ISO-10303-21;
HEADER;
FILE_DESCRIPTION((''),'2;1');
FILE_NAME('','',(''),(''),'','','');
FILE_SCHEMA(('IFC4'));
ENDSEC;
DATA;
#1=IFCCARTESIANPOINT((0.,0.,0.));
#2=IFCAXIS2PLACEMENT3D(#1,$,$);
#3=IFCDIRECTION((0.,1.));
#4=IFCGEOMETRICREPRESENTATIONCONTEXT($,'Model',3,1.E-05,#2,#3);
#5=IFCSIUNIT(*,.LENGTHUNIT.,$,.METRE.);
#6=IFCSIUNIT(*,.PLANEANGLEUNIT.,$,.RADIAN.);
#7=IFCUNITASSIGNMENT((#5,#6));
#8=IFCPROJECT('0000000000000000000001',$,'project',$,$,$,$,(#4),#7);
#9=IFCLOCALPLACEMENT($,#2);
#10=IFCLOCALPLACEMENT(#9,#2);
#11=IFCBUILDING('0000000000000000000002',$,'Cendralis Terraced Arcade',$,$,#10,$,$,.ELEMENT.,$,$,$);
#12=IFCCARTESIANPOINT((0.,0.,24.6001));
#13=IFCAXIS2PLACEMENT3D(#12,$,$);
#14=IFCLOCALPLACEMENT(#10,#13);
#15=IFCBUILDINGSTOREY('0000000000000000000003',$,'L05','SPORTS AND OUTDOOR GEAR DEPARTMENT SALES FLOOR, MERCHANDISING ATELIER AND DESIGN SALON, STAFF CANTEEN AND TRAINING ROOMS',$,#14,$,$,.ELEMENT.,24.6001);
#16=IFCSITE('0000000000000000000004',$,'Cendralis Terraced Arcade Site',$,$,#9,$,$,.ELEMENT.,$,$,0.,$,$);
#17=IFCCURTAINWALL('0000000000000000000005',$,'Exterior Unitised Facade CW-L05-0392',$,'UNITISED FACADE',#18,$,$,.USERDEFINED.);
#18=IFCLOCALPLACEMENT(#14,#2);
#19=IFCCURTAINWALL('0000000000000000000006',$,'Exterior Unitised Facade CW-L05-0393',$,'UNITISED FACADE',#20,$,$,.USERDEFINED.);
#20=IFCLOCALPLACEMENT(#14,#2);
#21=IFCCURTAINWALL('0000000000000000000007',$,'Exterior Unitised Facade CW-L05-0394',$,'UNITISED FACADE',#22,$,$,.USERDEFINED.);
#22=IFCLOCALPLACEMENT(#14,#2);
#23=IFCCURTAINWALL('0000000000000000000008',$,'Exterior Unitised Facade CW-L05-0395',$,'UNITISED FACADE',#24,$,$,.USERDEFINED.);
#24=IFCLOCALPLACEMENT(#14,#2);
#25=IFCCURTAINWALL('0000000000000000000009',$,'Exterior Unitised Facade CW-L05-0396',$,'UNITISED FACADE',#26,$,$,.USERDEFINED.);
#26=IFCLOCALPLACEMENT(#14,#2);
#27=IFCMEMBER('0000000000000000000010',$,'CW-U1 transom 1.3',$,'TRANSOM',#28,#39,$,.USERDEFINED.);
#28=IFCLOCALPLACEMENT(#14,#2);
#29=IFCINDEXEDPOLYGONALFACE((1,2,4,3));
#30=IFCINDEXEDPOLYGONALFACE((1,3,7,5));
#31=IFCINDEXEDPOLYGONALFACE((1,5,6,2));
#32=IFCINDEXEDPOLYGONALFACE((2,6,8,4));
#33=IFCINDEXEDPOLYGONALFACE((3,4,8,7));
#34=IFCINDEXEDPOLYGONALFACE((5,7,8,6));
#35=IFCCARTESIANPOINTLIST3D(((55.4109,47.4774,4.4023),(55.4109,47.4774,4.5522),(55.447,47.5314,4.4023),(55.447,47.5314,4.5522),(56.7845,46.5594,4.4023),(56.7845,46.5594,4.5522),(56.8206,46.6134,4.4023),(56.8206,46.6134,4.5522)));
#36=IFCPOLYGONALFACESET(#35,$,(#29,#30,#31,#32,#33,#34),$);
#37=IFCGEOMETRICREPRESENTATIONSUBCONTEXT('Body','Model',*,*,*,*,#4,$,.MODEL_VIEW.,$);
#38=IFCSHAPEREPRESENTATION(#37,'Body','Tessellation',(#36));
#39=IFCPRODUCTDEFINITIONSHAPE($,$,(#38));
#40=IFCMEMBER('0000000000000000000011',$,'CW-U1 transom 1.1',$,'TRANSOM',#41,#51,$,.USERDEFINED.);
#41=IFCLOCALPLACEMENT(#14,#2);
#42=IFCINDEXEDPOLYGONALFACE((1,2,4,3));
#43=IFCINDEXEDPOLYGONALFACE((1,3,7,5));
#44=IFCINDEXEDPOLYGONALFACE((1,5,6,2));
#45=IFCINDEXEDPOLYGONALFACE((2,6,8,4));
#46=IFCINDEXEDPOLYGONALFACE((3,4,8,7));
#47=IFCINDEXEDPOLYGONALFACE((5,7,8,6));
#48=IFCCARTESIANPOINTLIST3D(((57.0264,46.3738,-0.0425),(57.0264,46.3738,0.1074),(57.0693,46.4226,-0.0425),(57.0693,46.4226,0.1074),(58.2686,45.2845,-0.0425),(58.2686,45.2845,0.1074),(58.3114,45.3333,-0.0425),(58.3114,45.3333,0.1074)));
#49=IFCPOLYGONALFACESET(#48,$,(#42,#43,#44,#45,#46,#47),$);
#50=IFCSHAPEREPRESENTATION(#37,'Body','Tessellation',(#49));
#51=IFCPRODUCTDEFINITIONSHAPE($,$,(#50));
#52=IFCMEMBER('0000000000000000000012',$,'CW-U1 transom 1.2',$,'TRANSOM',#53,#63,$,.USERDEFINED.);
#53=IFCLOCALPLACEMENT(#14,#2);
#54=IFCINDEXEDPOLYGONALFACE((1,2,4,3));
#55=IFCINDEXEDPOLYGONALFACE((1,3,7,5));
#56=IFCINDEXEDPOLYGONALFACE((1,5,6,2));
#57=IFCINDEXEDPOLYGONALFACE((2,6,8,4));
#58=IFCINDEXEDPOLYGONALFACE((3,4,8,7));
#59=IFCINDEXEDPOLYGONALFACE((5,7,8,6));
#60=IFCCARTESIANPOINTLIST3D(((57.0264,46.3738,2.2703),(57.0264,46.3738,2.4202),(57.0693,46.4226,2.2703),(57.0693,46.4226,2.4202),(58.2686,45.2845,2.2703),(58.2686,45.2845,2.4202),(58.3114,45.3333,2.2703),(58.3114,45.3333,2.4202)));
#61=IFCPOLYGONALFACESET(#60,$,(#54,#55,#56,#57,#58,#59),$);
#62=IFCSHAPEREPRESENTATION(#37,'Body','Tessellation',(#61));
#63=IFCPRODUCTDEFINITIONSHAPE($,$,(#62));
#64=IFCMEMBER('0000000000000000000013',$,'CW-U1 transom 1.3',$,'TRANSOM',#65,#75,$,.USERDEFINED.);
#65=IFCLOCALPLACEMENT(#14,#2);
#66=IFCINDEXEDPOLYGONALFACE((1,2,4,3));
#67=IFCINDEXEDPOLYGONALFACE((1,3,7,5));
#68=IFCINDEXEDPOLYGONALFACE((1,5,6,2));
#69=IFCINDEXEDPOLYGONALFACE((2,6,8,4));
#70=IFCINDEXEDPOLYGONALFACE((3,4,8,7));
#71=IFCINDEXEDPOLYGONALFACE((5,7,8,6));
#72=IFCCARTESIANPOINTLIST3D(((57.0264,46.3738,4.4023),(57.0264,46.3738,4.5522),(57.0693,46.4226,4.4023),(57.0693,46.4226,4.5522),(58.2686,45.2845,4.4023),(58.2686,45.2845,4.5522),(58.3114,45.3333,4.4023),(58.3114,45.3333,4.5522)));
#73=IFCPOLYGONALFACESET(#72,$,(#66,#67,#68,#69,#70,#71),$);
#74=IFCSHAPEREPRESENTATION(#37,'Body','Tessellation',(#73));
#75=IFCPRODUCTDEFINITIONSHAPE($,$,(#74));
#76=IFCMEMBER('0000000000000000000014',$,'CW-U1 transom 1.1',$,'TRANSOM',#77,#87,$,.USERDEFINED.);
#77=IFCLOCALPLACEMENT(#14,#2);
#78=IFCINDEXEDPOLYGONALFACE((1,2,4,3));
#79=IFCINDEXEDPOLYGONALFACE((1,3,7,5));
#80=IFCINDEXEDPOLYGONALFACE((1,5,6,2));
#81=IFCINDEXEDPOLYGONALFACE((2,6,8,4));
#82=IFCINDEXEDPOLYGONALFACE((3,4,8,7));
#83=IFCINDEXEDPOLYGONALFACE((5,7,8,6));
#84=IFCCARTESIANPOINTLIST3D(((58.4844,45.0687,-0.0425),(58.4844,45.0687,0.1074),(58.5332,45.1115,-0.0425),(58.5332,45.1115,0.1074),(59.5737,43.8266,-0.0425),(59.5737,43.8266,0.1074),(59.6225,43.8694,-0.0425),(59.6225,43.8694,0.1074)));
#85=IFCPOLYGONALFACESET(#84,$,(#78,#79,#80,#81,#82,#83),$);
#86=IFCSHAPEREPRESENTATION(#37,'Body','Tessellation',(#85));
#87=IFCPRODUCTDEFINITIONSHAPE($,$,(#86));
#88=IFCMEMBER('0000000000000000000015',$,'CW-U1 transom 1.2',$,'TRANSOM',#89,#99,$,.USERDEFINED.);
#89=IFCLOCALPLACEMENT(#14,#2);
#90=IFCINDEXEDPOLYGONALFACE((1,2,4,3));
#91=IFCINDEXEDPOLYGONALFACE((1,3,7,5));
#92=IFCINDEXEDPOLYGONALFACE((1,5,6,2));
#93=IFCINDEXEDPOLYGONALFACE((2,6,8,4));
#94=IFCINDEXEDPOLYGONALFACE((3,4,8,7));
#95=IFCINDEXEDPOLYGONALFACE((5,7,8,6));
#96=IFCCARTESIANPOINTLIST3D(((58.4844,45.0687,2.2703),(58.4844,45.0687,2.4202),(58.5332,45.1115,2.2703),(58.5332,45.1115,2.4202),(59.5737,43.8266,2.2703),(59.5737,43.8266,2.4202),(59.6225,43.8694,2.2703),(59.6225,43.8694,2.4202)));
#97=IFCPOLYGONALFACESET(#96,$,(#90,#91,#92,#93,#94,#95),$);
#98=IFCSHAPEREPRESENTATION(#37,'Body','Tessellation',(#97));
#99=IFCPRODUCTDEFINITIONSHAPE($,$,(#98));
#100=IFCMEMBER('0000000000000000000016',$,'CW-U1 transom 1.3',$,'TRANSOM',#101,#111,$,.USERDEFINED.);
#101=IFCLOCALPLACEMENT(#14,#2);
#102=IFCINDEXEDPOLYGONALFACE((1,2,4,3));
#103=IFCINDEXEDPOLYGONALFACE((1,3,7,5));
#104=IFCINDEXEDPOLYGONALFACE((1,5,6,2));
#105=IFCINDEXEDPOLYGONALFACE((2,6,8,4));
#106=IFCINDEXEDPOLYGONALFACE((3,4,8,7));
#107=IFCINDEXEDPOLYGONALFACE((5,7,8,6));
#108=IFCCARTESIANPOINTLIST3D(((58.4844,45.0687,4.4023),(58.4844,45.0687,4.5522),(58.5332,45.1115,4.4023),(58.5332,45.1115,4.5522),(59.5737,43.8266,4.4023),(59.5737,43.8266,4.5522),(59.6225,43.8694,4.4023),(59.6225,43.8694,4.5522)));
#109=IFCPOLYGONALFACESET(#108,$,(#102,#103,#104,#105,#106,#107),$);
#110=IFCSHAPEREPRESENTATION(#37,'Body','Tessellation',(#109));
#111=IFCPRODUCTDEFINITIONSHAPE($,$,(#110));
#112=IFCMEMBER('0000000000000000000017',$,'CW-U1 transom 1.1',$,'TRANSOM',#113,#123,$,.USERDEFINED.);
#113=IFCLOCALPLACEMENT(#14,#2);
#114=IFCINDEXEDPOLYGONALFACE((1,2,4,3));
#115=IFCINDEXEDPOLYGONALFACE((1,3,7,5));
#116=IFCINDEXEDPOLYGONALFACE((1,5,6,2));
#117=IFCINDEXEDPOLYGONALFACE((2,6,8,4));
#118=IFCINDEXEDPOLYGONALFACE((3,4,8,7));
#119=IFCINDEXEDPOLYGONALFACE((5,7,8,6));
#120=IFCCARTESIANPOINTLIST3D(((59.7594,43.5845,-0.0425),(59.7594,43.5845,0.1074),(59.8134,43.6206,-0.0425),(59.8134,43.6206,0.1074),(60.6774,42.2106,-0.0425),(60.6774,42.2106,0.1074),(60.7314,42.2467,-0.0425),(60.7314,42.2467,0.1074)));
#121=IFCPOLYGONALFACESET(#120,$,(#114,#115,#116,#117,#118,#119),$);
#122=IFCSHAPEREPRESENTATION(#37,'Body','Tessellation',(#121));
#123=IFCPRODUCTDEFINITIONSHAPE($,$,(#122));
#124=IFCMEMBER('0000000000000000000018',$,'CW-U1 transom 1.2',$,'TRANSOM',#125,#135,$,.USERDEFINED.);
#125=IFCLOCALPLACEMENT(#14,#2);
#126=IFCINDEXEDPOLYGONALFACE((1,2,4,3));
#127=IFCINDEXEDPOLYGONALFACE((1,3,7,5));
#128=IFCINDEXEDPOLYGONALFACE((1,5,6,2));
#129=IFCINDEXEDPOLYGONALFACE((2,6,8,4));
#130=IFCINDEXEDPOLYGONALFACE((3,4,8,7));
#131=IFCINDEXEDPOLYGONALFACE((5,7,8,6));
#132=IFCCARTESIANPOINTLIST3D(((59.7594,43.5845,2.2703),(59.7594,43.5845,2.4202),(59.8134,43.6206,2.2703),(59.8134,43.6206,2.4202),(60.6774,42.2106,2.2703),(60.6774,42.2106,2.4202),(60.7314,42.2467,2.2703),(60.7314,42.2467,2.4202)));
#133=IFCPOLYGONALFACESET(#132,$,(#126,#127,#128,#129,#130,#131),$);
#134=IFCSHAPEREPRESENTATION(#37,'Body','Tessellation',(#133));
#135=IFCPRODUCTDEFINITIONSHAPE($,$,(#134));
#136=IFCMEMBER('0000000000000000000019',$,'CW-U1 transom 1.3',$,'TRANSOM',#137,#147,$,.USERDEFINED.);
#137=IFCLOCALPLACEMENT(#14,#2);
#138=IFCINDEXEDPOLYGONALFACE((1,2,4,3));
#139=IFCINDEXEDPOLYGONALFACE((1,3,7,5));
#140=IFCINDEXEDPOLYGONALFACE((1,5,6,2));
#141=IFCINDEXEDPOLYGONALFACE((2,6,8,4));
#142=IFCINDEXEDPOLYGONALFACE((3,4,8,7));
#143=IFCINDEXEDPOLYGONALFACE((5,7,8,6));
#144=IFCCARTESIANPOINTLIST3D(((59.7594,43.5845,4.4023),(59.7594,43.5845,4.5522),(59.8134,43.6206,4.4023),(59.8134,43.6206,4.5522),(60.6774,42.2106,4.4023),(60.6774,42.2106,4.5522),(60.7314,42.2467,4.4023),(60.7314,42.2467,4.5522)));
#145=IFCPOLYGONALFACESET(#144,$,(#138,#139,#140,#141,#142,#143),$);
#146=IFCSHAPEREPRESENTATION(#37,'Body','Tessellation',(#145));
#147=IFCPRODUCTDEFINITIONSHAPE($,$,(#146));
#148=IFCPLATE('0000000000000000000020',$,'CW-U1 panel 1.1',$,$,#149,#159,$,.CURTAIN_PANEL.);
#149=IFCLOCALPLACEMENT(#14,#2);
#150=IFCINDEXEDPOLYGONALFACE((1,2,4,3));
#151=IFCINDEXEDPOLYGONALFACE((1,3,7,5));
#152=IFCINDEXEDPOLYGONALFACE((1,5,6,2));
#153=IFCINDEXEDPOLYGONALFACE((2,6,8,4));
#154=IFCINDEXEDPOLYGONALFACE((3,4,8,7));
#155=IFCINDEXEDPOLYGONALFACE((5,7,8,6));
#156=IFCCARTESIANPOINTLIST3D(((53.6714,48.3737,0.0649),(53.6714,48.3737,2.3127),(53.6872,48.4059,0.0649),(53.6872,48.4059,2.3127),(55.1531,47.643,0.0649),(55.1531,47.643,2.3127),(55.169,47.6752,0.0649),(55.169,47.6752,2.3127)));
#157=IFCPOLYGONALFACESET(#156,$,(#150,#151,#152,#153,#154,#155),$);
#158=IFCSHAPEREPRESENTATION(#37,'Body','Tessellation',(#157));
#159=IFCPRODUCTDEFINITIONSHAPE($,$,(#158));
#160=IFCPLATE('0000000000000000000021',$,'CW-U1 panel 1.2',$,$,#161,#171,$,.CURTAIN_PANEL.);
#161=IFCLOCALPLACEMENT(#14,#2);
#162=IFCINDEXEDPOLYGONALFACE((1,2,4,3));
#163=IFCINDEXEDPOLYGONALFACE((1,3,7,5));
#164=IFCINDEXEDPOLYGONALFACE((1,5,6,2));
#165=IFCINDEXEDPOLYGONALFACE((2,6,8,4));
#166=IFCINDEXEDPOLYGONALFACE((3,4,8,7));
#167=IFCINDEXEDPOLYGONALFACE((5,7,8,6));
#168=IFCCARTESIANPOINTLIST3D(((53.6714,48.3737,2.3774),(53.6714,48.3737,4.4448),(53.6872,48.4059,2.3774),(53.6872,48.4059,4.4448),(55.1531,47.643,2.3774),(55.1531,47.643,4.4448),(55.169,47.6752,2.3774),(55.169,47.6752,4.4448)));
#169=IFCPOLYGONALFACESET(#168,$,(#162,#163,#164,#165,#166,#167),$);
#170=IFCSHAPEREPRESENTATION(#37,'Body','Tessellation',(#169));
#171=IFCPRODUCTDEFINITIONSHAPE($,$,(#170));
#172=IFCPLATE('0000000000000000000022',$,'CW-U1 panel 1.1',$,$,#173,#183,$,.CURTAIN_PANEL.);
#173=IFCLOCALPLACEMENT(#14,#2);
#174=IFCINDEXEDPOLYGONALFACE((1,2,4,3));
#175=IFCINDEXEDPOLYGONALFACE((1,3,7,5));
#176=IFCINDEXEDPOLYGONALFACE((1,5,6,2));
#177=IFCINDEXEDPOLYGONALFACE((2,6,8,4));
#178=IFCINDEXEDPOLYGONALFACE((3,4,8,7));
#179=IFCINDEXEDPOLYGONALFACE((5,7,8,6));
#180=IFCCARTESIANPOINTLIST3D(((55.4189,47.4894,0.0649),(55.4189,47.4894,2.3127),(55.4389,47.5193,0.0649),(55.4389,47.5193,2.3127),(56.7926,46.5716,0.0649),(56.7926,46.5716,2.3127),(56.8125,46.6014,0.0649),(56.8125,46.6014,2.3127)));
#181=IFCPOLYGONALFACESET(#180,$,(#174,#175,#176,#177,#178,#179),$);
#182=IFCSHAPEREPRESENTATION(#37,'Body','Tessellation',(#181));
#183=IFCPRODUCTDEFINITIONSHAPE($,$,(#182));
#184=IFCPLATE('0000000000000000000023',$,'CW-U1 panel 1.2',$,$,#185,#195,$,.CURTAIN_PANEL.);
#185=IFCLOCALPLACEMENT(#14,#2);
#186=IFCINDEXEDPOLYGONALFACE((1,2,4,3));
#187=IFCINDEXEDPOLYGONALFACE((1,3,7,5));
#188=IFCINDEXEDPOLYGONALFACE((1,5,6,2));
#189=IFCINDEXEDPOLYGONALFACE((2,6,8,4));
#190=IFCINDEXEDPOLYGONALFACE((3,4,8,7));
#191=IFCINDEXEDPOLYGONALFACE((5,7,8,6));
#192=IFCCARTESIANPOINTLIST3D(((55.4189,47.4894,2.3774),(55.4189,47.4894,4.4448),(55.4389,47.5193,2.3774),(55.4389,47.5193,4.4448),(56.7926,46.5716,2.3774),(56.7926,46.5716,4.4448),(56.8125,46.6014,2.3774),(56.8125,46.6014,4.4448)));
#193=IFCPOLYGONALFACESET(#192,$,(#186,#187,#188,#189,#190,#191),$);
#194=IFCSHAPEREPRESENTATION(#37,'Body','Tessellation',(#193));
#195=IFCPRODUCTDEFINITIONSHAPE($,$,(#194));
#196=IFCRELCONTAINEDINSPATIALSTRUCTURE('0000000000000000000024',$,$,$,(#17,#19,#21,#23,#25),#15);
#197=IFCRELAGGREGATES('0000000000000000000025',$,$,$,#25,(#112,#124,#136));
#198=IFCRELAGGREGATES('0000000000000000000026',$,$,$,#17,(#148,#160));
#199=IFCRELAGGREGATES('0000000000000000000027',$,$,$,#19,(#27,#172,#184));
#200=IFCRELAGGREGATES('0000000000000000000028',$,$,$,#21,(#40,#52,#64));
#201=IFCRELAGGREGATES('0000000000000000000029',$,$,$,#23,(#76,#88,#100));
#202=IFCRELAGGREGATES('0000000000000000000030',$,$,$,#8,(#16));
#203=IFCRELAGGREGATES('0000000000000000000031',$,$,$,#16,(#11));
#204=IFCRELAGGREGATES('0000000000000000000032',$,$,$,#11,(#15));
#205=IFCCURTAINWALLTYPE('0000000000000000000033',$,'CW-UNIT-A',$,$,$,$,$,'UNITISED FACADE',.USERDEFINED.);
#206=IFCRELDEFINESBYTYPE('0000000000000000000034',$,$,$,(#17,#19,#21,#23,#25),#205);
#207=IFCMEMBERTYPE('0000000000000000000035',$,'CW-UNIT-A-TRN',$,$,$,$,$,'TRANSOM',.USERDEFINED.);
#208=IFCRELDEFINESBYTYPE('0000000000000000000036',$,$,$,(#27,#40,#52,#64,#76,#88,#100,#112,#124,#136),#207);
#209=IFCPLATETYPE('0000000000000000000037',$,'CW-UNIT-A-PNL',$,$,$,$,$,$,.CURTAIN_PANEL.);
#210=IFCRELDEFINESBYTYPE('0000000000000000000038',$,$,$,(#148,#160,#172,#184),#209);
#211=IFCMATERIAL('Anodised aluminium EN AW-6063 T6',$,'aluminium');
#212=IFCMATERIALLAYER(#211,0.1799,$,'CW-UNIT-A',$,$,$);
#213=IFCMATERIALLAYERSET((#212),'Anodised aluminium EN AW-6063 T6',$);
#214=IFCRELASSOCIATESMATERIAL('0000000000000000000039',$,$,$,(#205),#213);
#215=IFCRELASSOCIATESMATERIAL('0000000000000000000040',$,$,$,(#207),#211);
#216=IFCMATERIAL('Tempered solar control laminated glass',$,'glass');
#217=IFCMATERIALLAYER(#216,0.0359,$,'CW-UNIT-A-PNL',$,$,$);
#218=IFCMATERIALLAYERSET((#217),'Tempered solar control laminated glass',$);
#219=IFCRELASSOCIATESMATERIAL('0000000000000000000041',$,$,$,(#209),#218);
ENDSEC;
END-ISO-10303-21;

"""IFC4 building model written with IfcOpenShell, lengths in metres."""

from ifc_helpers import new_model, si_unit, direction, frame, origin, origin_2d, place, context, subcontext, project, spatial, rectangle, extrude, material, layer, layer_set, material_profile, profile_set, type_object, element, aggregate, save


model = new_model("IFC4")

# Units and contexts
model_context = context("Model", 3, precision=1e-05, world=origin(), true_north=direction((0.0, 1.0)))
body_context = subcontext(model_context, "Body", "Model", "MODEL_VIEW")
ifc_project = project(units=[si_unit("LENGTHUNIT", "METRE"), si_unit("PLANEANGLEUNIT", "RADIAN")], contexts=[model_context])

# Site, building, storey
site_placement = place(None, origin())
site = spatial("IfcSite", under=ifc_project, at=site_placement, Name="Cendralis Terraced Arcade Site", CompositionType="ELEMENT", RefElevation=0.0)
building_placement = place(site_placement, origin())
building = spatial("IfcBuilding", under=site, at=building_placement, Name="Cendralis Terraced Arcade", CompositionType="ELEMENT")
storey_placement = place(building_placement, frame((0.0, 0.0, 24.6001)))
storey = spatial("IfcBuildingStorey", under=building, at=storey_placement, Name="L05", Description="SPORTS AND OUTDOOR GEAR DEPARTMENT SALES FLOOR, MERCHANDISING ATELIER AND DESIGN SALON, STAFF CANTEEN AND TRAINING ROOMS", CompositionType="ELEMENT", Elevation=24.6001)

# Shared definitions
ifc_material_1 = material(Name="Anodised aluminium EN AW-6063 T6", Category="aluminium")
ifc_layer_1 = layer(ifc_material_1, 0.1799, Name="CW-UNIT-A")
ifc_layer_set_1 = layer_set([ifc_layer_1], Name="Anodised aluminium EN AW-6063 T6")
curtain_wall_type = type_object("IfcCurtainWallType", Name="CW-UNIT-A", ElementType="UNITISED FACADE", PredefinedType="USERDEFINED", material=ifc_layer_set_1)

# Curtain walls
curtain_wall_1_placement = place(storey_placement, origin())
curtain_wall_1 = element("IfcCurtainWall", 1, at=curtain_wall_1_placement, inside=storey, type_object=curtain_wall_type, Name="Exterior Unitised Facade CW-L05-0392", ObjectType="UNITISED FACADE", PredefinedType="USERDEFINED")
curtain_wall_2_placement = place(storey_placement, origin())
curtain_wall_2 = element("IfcCurtainWall", 2, at=curtain_wall_2_placement, inside=storey, type_object=curtain_wall_type, Name="Exterior Unitised Facade CW-L05-0393", ObjectType="UNITISED FACADE", PredefinedType="USERDEFINED")
curtain_wall_3_placement = place(storey_placement, origin())
curtain_wall_3 = element("IfcCurtainWall", 3, at=curtain_wall_3_placement, inside=storey, type_object=curtain_wall_type, Name="Exterior Unitised Facade CW-L05-0394", ObjectType="UNITISED FACADE", PredefinedType="USERDEFINED")
curtain_wall_4_placement = place(storey_placement, origin())
curtain_wall_4 = element("IfcCurtainWall", 4, at=curtain_wall_4_placement, inside=storey, type_object=curtain_wall_type, Name="Exterior Unitised Facade CW-L05-0395", ObjectType="UNITISED FACADE", PredefinedType="USERDEFINED")

# Curtain wall
curtain_wall_5_placement = place(storey_placement, origin())
curtain_wall_5 = element("IfcCurtainWall", 5, at=curtain_wall_5_placement, inside=storey, type_object=curtain_wall_type, Name="Exterior Unitised Facade CW-L05-0396", ObjectType="UNITISED FACADE", PredefinedType="USERDEFINED")

# Members
ifc_material_profile_1 = material_profile(ifc_material_1, rectangle(XDim=0.0649, YDim=0.1499, at=origin_2d()), Name="ALU-TRN-65x150")
ifc_profile_set_1 = profile_set([ifc_material_profile_1], Name="Anodised aluminium EN AW-6063 T6")
member_type_1 = type_object("IfcMemberType", Name="CW-UNIT-A-TRN", ElementType="TRANSOM", PredefinedType="USERDEFINED", material=ifc_profile_set_1)
member_1_placement = place(storey_placement, frame((55.429, 47.5044, 4.4773), z_axis=(0.831413, -0.555655, 0.0), x_axis=(0.555655, 0.831413, 0.0)))
member_1 = element("IfcMember", 6, at=member_1_placement, type_object=member_type_1, Name="CW-U1 transom 1.3", ObjectType="TRANSOM", PredefinedType="USERDEFINED", context=body_context, shape_type="SweptSolid", body=[
    extrude(rectangle(XDim=0.0649, YDim=0.1499, at=origin_2d()), origin(), (0.0, 0.0, 1.0), 1.6521),
])
member_2_placement = place(storey_placement, frame((57.0479, 46.3982, 0.0325), z_axis=(0.751844, -0.659341, 0.0), x_axis=(0.659341, 0.751844, 0.0)))
member_2 = element("IfcMember", 7, at=member_2_placement, type_object=member_type_1, Name="CW-U1 transom 1.1", ObjectType="TRANSOM", PredefinedType="USERDEFINED", context=body_context, shape_type="SweptSolid", body=[
    extrude(rectangle(XDim=0.0649, YDim=0.1499, at=origin_2d()), origin(), (0.0, 0.0, 1.0), 1.6521),
])
member_3_placement = place(storey_placement, frame((57.0479, 46.3982, 2.3452), z_axis=(0.751844, -0.659341, 0.0), x_axis=(0.659341, 0.751844, 0.0)))
member_3 = element("IfcMember", 8, at=member_3_placement, type_object=member_type_1, Name="CW-U1 transom 1.2", ObjectType="TRANSOM", PredefinedType="USERDEFINED", context=body_context, shape_type="SweptSolid", body=[
    extrude(rectangle(XDim=0.0649, YDim=0.1499, at=origin_2d()), origin(), (0.0, 0.0, 1.0), 1.6521),
])
member_4_placement = place(storey_placement, frame((57.0479, 46.3982, 4.4773), z_axis=(0.751844, -0.659341, 0.0), x_axis=(0.659341, 0.751844, 0.0)))
member_4 = element("IfcMember", 9, at=member_4_placement, type_object=member_type_1, Name="CW-U1 transom 1.3", ObjectType="TRANSOM", PredefinedType="USERDEFINED", context=body_context, shape_type="SweptSolid", body=[
    extrude(rectangle(XDim=0.0649, YDim=0.1499, at=origin_2d()), origin(), (0.0, 0.0, 1.0), 1.6521),
])
member_5_placement = place(storey_placement, frame((58.5088, 45.0901, 0.0325), z_axis=(0.659341, -0.751844, 0.0), x_axis=(0.751844, 0.659341, 0.0)))
member_5 = element("IfcMember", 10, at=member_5_placement, type_object=member_type_1, Name="CW-U1 transom 1.1", ObjectType="TRANSOM", PredefinedType="USERDEFINED", context=body_context, shape_type="SweptSolid", body=[
    extrude(rectangle(XDim=0.0649, YDim=0.1499, at=origin_2d()), origin(), (0.0, 0.0, 1.0), 1.6521),
])
member_6_placement = place(storey_placement, frame((58.5088, 45.0901, 2.3452), z_axis=(0.659341, -0.751844, 0.0), x_axis=(0.751844, 0.659341, 0.0)))
member_6 = element("IfcMember", 11, at=member_6_placement, type_object=member_type_1, Name="CW-U1 transom 1.2", ObjectType="TRANSOM", PredefinedType="USERDEFINED", context=body_context, shape_type="SweptSolid", body=[
    extrude(rectangle(XDim=0.0649, YDim=0.1499, at=origin_2d()), origin(), (0.0, 0.0, 1.0), 1.6521),
])
member_7_placement = place(storey_placement, frame((58.5088, 45.0901, 4.4773), z_axis=(0.659341, -0.751844, 0.0), x_axis=(0.751844, 0.659341, 0.0)))
member_7 = element("IfcMember", 12, at=member_7_placement, type_object=member_type_1, Name="CW-U1 transom 1.3", ObjectType="TRANSOM", PredefinedType="USERDEFINED", context=body_context, shape_type="SweptSolid", body=[
    extrude(rectangle(XDim=0.0649, YDim=0.1499, at=origin_2d()), origin(), (0.0, 0.0, 1.0), 1.6521),
])
member_8_placement = place(storey_placement, frame((59.7864, 43.6025, 0.0325), z_axis=(0.555586, -0.831459, 0.0), x_axis=(0.831459, 0.555586, 0.0)))
member_8 = element("IfcMember", 13, at=member_8_placement, type_object=member_type_1, Name="CW-U1 transom 1.1", ObjectType="TRANSOM", PredefinedType="USERDEFINED", context=body_context, shape_type="SweptSolid", body=[
    extrude(rectangle(XDim=0.0649, YDim=0.1499, at=origin_2d()), origin(), (0.0, 0.0, 1.0), 1.6523),
])
member_9_placement = place(storey_placement, frame((59.7864, 43.6025, 2.3452), z_axis=(0.555586, -0.831459, 0.0), x_axis=(0.831459, 0.555586, 0.0)))
member_9 = element("IfcMember", 14, at=member_9_placement, type_object=member_type_1, Name="CW-U1 transom 1.2", ObjectType="TRANSOM", PredefinedType="USERDEFINED", context=body_context, shape_type="SweptSolid", body=[
    extrude(rectangle(XDim=0.0649, YDim=0.1499, at=origin_2d()), origin(), (0.0, 0.0, 1.0), 1.6523),
])
member_10_placement = place(storey_placement, frame((59.7864, 43.6025, 4.4773), z_axis=(0.555586, -0.831459, 0.0), x_axis=(0.831459, 0.555586, 0.0)))
member_10 = element("IfcMember", 15, at=member_10_placement, type_object=member_type_1, Name="CW-U1 transom 1.3", ObjectType="TRANSOM", PredefinedType="USERDEFINED", context=body_context, shape_type="SweptSolid", body=[
    extrude(rectangle(XDim=0.0649, YDim=0.1499, at=origin_2d()), origin(), (0.0, 0.0, 1.0), 1.6523),
])
aggregate(curtain_wall_5, [member_8, member_9, member_10])

# Plates
ifc_material_2 = material(Name="Tempered solar control laminated glass", Category="glass")
ifc_layer_2 = layer(ifc_material_2, 0.0359, Name="CW-UNIT-A-PNL")
ifc_layer_set_2 = layer_set([ifc_layer_2], Name="Tempered solar control laminated glass")
plate_type = type_object("IfcPlateType", Name="CW-UNIT-A-PNL", PredefinedType="CURTAIN_PANEL", material=ifc_layer_set_2)
plate_1_placement = place(storey_placement, frame((54.4202, 48.0244, 0.0649), z_axis=(0.0, 0.0, 1.0), x_axis=(0.896871, -0.442291, 0.0)))
plate_1 = element("IfcPlate", 16, at=plate_1_placement, type_object=plate_type, Name="CW-U1 panel 1.1", PredefinedType="CURTAIN_PANEL", context=body_context, shape_type="SweptSolid", body=[
    extrude(rectangle(XDim=1.6521, YDim=0.0359, at=origin_2d()), origin(), (0.0, 0.0, 1.0), 2.2478),
])
plate_2_placement = place(storey_placement, frame((54.4202, 48.0244, 2.3774), z_axis=(0.0, 0.0, 1.0), x_axis=(0.896871, -0.442291, 0.0)))
plate_2 = element("IfcPlate", 17, at=plate_2_placement, type_object=plate_type, Name="CW-U1 panel 1.2", PredefinedType="CURTAIN_PANEL", context=body_context, shape_type="SweptSolid", body=[
    extrude(rectangle(XDim=1.6521, YDim=0.0359, at=origin_2d()), origin(), (0.0, 0.0, 1.0), 2.0674),
])
aggregate(curtain_wall_1, [plate_1, plate_2])
plate_3_placement = place(storey_placement, frame((56.1157, 47.0454, 0.0649), z_axis=(0.0, 0.0, 1.0), x_axis=(0.831471, -0.555567, 0.0)))
plate_3 = element("IfcPlate", 18, at=plate_3_placement, type_object=plate_type, Name="CW-U1 panel 1.1", PredefinedType="CURTAIN_PANEL", context=body_context, shape_type="SweptSolid", body=[
    extrude(rectangle(XDim=1.6521, YDim=0.0359, at=origin_2d()), origin(), (0.0, 0.0, 1.0), 2.2478),
])
plate_4_placement = place(storey_placement, frame((56.1157, 47.0454, 2.3774), z_axis=(0.0, 0.0, 1.0), x_axis=(0.831471, -0.555567, 0.0)))
plate_4 = element("IfcPlate", 19, at=plate_4_placement, type_object=plate_type, Name="CW-U1 panel 1.2", PredefinedType="CURTAIN_PANEL", context=body_context, shape_type="SweptSolid", body=[
    extrude(rectangle(XDim=1.6521, YDim=0.0359, at=origin_2d()), origin(), (0.0, 0.0, 1.0), 2.0674),
])
aggregate(curtain_wall_2, [member_1, plate_3, plate_4])
aggregate(curtain_wall_3, [member_2, member_3, member_4])
aggregate(curtain_wall_4, [member_5, member_6, member_7])

save(model, "model.ifc")
